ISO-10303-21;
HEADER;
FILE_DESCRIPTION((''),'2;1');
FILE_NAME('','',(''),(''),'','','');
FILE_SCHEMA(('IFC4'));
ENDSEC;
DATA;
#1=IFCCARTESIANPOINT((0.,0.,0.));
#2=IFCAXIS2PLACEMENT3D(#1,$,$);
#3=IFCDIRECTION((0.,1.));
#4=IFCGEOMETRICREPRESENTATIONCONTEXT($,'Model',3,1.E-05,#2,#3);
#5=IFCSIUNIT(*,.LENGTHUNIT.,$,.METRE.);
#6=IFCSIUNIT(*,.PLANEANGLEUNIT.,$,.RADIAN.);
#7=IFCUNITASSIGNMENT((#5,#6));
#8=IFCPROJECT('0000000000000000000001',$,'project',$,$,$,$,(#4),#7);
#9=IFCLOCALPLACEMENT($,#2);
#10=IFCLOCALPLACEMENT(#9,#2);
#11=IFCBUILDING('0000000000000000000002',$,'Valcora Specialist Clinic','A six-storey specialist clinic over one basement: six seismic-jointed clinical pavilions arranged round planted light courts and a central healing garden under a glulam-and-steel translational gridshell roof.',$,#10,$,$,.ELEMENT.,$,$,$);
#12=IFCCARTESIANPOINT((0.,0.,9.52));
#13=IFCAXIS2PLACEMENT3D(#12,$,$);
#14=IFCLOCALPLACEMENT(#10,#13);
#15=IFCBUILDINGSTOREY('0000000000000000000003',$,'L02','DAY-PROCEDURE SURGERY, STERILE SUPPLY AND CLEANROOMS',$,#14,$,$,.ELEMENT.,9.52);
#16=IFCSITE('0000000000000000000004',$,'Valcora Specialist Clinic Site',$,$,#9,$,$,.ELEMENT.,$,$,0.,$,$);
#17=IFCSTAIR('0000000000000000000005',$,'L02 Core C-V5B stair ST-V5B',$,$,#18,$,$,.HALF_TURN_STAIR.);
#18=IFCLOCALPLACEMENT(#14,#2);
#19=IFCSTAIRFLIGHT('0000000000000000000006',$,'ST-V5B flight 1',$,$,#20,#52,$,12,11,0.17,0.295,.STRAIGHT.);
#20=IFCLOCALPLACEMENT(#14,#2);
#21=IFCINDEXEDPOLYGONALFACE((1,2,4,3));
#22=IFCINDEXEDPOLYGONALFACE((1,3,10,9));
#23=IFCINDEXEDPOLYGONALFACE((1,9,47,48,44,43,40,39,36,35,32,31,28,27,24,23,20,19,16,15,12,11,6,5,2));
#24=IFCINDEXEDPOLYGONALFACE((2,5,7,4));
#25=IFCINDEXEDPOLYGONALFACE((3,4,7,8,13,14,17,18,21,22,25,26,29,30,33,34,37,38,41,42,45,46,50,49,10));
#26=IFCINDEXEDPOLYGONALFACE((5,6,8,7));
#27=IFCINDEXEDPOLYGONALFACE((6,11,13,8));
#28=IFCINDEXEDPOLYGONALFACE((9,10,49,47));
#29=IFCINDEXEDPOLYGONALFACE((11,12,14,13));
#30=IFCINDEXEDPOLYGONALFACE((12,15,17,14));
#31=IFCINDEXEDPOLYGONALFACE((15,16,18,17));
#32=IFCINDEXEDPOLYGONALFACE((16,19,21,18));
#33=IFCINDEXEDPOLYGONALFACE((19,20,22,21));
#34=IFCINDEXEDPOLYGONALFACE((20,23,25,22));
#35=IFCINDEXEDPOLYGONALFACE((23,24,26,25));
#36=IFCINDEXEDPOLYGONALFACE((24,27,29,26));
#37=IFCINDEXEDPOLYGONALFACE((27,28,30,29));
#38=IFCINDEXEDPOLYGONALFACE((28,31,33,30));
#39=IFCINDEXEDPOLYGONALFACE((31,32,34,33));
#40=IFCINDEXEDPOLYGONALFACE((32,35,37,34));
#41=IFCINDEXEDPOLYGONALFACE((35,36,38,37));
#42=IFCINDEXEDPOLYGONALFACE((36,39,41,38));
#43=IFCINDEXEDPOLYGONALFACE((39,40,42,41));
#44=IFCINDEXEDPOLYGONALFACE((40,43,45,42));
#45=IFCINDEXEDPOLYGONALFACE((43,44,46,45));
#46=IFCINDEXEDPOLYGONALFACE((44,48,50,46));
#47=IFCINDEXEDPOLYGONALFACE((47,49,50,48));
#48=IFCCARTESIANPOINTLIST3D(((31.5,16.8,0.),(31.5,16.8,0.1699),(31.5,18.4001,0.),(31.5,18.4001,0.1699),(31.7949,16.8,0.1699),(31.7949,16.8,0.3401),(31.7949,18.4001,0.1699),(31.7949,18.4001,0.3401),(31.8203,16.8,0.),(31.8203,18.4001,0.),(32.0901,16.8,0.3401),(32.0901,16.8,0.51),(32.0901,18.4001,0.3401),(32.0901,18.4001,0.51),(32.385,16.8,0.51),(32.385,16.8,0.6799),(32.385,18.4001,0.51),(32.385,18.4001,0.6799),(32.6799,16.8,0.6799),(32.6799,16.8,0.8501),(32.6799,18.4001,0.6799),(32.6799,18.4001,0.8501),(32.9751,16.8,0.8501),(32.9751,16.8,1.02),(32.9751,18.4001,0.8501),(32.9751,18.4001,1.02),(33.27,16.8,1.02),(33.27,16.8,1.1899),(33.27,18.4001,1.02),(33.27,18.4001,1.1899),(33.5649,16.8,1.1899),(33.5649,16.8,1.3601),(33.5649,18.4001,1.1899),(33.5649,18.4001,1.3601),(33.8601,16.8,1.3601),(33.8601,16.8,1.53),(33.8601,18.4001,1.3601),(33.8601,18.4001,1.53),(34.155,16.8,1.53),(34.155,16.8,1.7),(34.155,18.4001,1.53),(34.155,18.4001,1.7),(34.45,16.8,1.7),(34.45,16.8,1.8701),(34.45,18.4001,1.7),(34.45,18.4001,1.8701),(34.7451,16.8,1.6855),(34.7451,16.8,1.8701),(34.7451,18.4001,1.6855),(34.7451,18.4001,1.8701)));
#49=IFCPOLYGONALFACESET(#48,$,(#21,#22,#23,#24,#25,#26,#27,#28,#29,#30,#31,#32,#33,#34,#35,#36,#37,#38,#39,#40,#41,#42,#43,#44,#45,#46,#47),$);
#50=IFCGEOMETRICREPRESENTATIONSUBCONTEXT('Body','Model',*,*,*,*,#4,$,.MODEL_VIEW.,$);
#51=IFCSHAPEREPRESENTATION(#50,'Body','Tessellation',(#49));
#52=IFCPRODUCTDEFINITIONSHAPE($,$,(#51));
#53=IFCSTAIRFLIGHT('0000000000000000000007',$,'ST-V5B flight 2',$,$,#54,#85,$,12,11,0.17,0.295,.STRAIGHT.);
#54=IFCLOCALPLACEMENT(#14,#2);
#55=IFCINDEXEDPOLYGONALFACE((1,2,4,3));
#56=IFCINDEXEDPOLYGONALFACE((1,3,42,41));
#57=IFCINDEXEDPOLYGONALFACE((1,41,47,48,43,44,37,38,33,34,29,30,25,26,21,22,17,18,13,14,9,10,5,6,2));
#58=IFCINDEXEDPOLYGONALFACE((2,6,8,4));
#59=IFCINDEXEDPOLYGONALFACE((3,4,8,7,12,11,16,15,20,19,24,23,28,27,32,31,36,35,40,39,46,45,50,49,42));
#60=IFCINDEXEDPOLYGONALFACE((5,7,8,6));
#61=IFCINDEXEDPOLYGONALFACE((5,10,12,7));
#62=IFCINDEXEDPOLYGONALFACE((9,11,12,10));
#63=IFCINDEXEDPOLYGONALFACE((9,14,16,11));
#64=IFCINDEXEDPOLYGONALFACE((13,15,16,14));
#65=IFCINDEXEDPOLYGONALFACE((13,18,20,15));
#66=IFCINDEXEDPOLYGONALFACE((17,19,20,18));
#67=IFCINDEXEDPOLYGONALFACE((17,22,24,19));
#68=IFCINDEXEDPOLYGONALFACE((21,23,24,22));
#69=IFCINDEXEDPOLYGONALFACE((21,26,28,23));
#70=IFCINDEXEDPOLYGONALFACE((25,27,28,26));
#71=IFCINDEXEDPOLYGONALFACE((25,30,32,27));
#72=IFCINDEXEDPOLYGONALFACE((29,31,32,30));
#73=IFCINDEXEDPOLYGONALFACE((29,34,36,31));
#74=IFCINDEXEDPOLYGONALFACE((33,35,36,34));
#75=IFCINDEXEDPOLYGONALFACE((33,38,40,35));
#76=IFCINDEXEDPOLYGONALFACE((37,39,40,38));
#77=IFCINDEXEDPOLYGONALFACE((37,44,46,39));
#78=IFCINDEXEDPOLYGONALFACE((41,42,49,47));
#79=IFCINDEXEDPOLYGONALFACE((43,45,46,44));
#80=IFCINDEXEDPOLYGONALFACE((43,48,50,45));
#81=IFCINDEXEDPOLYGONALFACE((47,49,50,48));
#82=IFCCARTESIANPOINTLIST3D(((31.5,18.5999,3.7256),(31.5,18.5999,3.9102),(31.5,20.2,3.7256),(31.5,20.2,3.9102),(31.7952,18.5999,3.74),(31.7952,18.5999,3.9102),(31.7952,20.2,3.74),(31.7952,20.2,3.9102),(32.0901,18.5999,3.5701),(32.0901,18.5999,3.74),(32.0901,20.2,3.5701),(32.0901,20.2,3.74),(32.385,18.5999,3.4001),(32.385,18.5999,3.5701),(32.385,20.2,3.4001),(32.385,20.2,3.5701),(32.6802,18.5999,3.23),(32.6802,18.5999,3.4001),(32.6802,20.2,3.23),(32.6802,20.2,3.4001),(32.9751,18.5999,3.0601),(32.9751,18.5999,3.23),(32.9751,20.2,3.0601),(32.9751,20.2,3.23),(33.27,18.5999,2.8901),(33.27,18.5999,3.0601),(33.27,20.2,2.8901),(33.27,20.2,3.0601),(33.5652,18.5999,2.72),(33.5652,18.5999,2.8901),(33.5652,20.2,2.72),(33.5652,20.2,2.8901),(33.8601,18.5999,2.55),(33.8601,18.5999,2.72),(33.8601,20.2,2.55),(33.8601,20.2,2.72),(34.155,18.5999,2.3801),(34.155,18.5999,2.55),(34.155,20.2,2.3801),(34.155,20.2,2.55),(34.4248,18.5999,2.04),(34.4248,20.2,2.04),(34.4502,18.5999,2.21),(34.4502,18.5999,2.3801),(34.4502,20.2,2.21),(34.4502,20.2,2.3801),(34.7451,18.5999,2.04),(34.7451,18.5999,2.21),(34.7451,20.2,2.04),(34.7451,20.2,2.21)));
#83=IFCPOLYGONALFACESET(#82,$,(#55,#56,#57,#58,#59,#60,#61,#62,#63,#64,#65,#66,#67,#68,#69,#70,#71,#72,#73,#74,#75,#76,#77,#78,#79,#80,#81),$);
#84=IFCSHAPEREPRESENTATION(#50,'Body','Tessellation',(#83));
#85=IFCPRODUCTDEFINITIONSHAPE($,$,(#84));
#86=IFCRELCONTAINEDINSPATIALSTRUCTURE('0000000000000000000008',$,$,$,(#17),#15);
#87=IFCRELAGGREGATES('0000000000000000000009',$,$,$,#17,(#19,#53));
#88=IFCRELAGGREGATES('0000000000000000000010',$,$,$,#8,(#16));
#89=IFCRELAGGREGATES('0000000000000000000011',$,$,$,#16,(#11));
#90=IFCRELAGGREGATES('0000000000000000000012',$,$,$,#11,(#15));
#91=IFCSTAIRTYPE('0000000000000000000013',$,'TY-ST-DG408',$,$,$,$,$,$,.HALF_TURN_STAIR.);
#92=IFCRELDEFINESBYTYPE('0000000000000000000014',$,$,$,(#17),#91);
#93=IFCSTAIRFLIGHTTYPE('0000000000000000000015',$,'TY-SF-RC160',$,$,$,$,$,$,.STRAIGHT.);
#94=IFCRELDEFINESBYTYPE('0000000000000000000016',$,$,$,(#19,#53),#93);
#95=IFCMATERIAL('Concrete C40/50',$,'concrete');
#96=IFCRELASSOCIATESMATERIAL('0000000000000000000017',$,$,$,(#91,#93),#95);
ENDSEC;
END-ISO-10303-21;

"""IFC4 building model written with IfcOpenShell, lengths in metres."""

from ifc_helpers import new_model, si_unit, direction, frame, origin, place, context, subcontext, project, spatial, polyline, outline, extrude, material, type_object, element, aggregate, save


model = new_model("IFC4")

# Units and contexts
model_context = context("Model", 3, precision=1e-05, world=origin(), true_north=direction((0.0, 1.0)))
body_context = subcontext(model_context, "Body", "Model", "MODEL_VIEW")
ifc_project = project(units=[si_unit("LENGTHUNIT", "METRE"), si_unit("PLANEANGLEUNIT", "RADIAN")], contexts=[model_context])

# Site, building, storey
site_placement = place(None, origin())
site = spatial("IfcSite", under=ifc_project, at=site_placement, Name="Valcora Specialist Clinic Site", CompositionType="ELEMENT", RefElevation=0.0)
building_placement = place(site_placement, origin())
building = spatial("IfcBuilding", under=site, at=building_placement, Name="Valcora Specialist Clinic", Description="A six-storey specialist clinic over one basement: six seismic-jointed clinical pavilions arranged round planted light courts and a central healing garden under a glulam-and-steel translational gridshell roof.", CompositionType="ELEMENT")
storey_placement = place(building_placement, frame((0.0, 0.0, 9.52)))
storey = spatial("IfcBuildingStorey", under=building, at=storey_placement, Name="L02", Description="DAY-PROCEDURE SURGERY, STERILE SUPPLY AND CLEANROOMS", CompositionType="ELEMENT", Elevation=9.52)

# Shared definitions
ifc_material_1 = material(Name="Concrete C40/50", Category="concrete")

# Stair, stair flights
stair_type = type_object("IfcStairType", Name="TY-ST-DG408", PredefinedType="HALF_TURN_STAIR", material=ifc_material_1)
stair_placement = place(storey_placement, origin())
stair = element("IfcStair", 1, at=stair_placement, inside=storey, type_object=stair_type, Name="L02 Core C-V5B stair ST-V5B", PredefinedType="HALF_TURN_STAIR")
stair_flight_type = type_object("IfcStairFlightType", Name="TY-SF-RC160", PredefinedType="STRAIGHT", material=ifc_material_1)
stair_flight_1_placement = place(storey_placement, frame((31.5, 17.6001, 0.0), z_axis=(0.0, 0.0, 1.0), x_axis=(1.0, 0.0, 0.0)))
stair_flight_1 = element("IfcStairFlight", 2, at=stair_flight_1_placement, type_object=stair_flight_type, Name="ST-V5B flight 1", NumberOfRisers=12, NumberOfTreads=11, PredefinedType="STRAIGHT", RiserHeight=0.17, TreadLength=0.295, context=body_context, shape_type="SweptSolid", body=[
    extrude(outline(polyline([(0.0, 0.0), (0.0, 0.1699), (0.2949, 0.1699), (0.2949, 0.3401), (0.5901, 0.3401), (0.5901, 0.51), (0.885, 0.51), (0.885, 0.6799), (1.1799, 0.6799), (1.1799, 0.8501), (1.4751, 0.8501), (1.4751, 1.02), (1.77, 1.02), (1.77, 1.1899), (2.0649, 1.1899), (2.0649, 1.3601), (2.3601, 1.3601), (2.3601, 1.53), (2.655, 1.53), (2.655, 1.7), (2.95, 1.7), (2.95, 1.8701), (3.2451, 1.8701), (3.2451, 2.04), (3.2451, 1.6855), (0.3203, 0.0), (0.0, 0.0)])), frame((0.0, 0.8, 0.0), z_axis=(0.0, -1.0, 0.0), x_axis=(1.0, 0.0, 0.0)), (0.0, 0.0, 1.0), 1.6001),
])
stair_flight_2_placement = place(storey_placement, frame((34.7451, 19.3999, 2.04), z_axis=(0.0, 0.0, 1.0), x_axis=(-1.0, 0.0, 0.0)))
stair_flight_2 = element("IfcStairFlight", 3, at=stair_flight_2_placement, type_object=stair_flight_type, Name="ST-V5B flight 2", NumberOfRisers=12, NumberOfTreads=11, PredefinedType="STRAIGHT", RiserHeight=0.17, TreadLength=0.295, context=body_context, shape_type="SweptSolid", body=[
    extrude(outline(polyline([(0.0, 0.0), (0.0, 0.1699), (0.2949, 0.1699), (0.2949, 0.3401), (0.5901, 0.3401), (0.5901, 0.51), (0.885, 0.51), (0.885, 0.6799), (1.1799, 0.6799), (1.1799, 0.8501), (1.4751, 0.8501), (1.4751, 1.02), (1.77, 1.02), (1.77, 1.1899), (2.0649, 1.1899), (2.0649, 1.3601), (2.3601, 1.3601), (2.3601, 1.53), (2.655, 1.53), (2.655, 1.7), (2.95, 1.7), (2.95, 1.8701), (3.2451, 1.8701), (3.2451, 2.04), (3.2451, 1.6855), (0.3203, 0.0), (0.0, 0.0)])), frame((0.0, 0.8, 0.0), z_axis=(0.0, -1.0, 0.0), x_axis=(1.0, 0.0, 0.0)), (0.0, 0.0, 1.0), 1.6001),
])
aggregate(stair, [stair_flight_1, stair_flight_2])

save(model, "model.ifc")
